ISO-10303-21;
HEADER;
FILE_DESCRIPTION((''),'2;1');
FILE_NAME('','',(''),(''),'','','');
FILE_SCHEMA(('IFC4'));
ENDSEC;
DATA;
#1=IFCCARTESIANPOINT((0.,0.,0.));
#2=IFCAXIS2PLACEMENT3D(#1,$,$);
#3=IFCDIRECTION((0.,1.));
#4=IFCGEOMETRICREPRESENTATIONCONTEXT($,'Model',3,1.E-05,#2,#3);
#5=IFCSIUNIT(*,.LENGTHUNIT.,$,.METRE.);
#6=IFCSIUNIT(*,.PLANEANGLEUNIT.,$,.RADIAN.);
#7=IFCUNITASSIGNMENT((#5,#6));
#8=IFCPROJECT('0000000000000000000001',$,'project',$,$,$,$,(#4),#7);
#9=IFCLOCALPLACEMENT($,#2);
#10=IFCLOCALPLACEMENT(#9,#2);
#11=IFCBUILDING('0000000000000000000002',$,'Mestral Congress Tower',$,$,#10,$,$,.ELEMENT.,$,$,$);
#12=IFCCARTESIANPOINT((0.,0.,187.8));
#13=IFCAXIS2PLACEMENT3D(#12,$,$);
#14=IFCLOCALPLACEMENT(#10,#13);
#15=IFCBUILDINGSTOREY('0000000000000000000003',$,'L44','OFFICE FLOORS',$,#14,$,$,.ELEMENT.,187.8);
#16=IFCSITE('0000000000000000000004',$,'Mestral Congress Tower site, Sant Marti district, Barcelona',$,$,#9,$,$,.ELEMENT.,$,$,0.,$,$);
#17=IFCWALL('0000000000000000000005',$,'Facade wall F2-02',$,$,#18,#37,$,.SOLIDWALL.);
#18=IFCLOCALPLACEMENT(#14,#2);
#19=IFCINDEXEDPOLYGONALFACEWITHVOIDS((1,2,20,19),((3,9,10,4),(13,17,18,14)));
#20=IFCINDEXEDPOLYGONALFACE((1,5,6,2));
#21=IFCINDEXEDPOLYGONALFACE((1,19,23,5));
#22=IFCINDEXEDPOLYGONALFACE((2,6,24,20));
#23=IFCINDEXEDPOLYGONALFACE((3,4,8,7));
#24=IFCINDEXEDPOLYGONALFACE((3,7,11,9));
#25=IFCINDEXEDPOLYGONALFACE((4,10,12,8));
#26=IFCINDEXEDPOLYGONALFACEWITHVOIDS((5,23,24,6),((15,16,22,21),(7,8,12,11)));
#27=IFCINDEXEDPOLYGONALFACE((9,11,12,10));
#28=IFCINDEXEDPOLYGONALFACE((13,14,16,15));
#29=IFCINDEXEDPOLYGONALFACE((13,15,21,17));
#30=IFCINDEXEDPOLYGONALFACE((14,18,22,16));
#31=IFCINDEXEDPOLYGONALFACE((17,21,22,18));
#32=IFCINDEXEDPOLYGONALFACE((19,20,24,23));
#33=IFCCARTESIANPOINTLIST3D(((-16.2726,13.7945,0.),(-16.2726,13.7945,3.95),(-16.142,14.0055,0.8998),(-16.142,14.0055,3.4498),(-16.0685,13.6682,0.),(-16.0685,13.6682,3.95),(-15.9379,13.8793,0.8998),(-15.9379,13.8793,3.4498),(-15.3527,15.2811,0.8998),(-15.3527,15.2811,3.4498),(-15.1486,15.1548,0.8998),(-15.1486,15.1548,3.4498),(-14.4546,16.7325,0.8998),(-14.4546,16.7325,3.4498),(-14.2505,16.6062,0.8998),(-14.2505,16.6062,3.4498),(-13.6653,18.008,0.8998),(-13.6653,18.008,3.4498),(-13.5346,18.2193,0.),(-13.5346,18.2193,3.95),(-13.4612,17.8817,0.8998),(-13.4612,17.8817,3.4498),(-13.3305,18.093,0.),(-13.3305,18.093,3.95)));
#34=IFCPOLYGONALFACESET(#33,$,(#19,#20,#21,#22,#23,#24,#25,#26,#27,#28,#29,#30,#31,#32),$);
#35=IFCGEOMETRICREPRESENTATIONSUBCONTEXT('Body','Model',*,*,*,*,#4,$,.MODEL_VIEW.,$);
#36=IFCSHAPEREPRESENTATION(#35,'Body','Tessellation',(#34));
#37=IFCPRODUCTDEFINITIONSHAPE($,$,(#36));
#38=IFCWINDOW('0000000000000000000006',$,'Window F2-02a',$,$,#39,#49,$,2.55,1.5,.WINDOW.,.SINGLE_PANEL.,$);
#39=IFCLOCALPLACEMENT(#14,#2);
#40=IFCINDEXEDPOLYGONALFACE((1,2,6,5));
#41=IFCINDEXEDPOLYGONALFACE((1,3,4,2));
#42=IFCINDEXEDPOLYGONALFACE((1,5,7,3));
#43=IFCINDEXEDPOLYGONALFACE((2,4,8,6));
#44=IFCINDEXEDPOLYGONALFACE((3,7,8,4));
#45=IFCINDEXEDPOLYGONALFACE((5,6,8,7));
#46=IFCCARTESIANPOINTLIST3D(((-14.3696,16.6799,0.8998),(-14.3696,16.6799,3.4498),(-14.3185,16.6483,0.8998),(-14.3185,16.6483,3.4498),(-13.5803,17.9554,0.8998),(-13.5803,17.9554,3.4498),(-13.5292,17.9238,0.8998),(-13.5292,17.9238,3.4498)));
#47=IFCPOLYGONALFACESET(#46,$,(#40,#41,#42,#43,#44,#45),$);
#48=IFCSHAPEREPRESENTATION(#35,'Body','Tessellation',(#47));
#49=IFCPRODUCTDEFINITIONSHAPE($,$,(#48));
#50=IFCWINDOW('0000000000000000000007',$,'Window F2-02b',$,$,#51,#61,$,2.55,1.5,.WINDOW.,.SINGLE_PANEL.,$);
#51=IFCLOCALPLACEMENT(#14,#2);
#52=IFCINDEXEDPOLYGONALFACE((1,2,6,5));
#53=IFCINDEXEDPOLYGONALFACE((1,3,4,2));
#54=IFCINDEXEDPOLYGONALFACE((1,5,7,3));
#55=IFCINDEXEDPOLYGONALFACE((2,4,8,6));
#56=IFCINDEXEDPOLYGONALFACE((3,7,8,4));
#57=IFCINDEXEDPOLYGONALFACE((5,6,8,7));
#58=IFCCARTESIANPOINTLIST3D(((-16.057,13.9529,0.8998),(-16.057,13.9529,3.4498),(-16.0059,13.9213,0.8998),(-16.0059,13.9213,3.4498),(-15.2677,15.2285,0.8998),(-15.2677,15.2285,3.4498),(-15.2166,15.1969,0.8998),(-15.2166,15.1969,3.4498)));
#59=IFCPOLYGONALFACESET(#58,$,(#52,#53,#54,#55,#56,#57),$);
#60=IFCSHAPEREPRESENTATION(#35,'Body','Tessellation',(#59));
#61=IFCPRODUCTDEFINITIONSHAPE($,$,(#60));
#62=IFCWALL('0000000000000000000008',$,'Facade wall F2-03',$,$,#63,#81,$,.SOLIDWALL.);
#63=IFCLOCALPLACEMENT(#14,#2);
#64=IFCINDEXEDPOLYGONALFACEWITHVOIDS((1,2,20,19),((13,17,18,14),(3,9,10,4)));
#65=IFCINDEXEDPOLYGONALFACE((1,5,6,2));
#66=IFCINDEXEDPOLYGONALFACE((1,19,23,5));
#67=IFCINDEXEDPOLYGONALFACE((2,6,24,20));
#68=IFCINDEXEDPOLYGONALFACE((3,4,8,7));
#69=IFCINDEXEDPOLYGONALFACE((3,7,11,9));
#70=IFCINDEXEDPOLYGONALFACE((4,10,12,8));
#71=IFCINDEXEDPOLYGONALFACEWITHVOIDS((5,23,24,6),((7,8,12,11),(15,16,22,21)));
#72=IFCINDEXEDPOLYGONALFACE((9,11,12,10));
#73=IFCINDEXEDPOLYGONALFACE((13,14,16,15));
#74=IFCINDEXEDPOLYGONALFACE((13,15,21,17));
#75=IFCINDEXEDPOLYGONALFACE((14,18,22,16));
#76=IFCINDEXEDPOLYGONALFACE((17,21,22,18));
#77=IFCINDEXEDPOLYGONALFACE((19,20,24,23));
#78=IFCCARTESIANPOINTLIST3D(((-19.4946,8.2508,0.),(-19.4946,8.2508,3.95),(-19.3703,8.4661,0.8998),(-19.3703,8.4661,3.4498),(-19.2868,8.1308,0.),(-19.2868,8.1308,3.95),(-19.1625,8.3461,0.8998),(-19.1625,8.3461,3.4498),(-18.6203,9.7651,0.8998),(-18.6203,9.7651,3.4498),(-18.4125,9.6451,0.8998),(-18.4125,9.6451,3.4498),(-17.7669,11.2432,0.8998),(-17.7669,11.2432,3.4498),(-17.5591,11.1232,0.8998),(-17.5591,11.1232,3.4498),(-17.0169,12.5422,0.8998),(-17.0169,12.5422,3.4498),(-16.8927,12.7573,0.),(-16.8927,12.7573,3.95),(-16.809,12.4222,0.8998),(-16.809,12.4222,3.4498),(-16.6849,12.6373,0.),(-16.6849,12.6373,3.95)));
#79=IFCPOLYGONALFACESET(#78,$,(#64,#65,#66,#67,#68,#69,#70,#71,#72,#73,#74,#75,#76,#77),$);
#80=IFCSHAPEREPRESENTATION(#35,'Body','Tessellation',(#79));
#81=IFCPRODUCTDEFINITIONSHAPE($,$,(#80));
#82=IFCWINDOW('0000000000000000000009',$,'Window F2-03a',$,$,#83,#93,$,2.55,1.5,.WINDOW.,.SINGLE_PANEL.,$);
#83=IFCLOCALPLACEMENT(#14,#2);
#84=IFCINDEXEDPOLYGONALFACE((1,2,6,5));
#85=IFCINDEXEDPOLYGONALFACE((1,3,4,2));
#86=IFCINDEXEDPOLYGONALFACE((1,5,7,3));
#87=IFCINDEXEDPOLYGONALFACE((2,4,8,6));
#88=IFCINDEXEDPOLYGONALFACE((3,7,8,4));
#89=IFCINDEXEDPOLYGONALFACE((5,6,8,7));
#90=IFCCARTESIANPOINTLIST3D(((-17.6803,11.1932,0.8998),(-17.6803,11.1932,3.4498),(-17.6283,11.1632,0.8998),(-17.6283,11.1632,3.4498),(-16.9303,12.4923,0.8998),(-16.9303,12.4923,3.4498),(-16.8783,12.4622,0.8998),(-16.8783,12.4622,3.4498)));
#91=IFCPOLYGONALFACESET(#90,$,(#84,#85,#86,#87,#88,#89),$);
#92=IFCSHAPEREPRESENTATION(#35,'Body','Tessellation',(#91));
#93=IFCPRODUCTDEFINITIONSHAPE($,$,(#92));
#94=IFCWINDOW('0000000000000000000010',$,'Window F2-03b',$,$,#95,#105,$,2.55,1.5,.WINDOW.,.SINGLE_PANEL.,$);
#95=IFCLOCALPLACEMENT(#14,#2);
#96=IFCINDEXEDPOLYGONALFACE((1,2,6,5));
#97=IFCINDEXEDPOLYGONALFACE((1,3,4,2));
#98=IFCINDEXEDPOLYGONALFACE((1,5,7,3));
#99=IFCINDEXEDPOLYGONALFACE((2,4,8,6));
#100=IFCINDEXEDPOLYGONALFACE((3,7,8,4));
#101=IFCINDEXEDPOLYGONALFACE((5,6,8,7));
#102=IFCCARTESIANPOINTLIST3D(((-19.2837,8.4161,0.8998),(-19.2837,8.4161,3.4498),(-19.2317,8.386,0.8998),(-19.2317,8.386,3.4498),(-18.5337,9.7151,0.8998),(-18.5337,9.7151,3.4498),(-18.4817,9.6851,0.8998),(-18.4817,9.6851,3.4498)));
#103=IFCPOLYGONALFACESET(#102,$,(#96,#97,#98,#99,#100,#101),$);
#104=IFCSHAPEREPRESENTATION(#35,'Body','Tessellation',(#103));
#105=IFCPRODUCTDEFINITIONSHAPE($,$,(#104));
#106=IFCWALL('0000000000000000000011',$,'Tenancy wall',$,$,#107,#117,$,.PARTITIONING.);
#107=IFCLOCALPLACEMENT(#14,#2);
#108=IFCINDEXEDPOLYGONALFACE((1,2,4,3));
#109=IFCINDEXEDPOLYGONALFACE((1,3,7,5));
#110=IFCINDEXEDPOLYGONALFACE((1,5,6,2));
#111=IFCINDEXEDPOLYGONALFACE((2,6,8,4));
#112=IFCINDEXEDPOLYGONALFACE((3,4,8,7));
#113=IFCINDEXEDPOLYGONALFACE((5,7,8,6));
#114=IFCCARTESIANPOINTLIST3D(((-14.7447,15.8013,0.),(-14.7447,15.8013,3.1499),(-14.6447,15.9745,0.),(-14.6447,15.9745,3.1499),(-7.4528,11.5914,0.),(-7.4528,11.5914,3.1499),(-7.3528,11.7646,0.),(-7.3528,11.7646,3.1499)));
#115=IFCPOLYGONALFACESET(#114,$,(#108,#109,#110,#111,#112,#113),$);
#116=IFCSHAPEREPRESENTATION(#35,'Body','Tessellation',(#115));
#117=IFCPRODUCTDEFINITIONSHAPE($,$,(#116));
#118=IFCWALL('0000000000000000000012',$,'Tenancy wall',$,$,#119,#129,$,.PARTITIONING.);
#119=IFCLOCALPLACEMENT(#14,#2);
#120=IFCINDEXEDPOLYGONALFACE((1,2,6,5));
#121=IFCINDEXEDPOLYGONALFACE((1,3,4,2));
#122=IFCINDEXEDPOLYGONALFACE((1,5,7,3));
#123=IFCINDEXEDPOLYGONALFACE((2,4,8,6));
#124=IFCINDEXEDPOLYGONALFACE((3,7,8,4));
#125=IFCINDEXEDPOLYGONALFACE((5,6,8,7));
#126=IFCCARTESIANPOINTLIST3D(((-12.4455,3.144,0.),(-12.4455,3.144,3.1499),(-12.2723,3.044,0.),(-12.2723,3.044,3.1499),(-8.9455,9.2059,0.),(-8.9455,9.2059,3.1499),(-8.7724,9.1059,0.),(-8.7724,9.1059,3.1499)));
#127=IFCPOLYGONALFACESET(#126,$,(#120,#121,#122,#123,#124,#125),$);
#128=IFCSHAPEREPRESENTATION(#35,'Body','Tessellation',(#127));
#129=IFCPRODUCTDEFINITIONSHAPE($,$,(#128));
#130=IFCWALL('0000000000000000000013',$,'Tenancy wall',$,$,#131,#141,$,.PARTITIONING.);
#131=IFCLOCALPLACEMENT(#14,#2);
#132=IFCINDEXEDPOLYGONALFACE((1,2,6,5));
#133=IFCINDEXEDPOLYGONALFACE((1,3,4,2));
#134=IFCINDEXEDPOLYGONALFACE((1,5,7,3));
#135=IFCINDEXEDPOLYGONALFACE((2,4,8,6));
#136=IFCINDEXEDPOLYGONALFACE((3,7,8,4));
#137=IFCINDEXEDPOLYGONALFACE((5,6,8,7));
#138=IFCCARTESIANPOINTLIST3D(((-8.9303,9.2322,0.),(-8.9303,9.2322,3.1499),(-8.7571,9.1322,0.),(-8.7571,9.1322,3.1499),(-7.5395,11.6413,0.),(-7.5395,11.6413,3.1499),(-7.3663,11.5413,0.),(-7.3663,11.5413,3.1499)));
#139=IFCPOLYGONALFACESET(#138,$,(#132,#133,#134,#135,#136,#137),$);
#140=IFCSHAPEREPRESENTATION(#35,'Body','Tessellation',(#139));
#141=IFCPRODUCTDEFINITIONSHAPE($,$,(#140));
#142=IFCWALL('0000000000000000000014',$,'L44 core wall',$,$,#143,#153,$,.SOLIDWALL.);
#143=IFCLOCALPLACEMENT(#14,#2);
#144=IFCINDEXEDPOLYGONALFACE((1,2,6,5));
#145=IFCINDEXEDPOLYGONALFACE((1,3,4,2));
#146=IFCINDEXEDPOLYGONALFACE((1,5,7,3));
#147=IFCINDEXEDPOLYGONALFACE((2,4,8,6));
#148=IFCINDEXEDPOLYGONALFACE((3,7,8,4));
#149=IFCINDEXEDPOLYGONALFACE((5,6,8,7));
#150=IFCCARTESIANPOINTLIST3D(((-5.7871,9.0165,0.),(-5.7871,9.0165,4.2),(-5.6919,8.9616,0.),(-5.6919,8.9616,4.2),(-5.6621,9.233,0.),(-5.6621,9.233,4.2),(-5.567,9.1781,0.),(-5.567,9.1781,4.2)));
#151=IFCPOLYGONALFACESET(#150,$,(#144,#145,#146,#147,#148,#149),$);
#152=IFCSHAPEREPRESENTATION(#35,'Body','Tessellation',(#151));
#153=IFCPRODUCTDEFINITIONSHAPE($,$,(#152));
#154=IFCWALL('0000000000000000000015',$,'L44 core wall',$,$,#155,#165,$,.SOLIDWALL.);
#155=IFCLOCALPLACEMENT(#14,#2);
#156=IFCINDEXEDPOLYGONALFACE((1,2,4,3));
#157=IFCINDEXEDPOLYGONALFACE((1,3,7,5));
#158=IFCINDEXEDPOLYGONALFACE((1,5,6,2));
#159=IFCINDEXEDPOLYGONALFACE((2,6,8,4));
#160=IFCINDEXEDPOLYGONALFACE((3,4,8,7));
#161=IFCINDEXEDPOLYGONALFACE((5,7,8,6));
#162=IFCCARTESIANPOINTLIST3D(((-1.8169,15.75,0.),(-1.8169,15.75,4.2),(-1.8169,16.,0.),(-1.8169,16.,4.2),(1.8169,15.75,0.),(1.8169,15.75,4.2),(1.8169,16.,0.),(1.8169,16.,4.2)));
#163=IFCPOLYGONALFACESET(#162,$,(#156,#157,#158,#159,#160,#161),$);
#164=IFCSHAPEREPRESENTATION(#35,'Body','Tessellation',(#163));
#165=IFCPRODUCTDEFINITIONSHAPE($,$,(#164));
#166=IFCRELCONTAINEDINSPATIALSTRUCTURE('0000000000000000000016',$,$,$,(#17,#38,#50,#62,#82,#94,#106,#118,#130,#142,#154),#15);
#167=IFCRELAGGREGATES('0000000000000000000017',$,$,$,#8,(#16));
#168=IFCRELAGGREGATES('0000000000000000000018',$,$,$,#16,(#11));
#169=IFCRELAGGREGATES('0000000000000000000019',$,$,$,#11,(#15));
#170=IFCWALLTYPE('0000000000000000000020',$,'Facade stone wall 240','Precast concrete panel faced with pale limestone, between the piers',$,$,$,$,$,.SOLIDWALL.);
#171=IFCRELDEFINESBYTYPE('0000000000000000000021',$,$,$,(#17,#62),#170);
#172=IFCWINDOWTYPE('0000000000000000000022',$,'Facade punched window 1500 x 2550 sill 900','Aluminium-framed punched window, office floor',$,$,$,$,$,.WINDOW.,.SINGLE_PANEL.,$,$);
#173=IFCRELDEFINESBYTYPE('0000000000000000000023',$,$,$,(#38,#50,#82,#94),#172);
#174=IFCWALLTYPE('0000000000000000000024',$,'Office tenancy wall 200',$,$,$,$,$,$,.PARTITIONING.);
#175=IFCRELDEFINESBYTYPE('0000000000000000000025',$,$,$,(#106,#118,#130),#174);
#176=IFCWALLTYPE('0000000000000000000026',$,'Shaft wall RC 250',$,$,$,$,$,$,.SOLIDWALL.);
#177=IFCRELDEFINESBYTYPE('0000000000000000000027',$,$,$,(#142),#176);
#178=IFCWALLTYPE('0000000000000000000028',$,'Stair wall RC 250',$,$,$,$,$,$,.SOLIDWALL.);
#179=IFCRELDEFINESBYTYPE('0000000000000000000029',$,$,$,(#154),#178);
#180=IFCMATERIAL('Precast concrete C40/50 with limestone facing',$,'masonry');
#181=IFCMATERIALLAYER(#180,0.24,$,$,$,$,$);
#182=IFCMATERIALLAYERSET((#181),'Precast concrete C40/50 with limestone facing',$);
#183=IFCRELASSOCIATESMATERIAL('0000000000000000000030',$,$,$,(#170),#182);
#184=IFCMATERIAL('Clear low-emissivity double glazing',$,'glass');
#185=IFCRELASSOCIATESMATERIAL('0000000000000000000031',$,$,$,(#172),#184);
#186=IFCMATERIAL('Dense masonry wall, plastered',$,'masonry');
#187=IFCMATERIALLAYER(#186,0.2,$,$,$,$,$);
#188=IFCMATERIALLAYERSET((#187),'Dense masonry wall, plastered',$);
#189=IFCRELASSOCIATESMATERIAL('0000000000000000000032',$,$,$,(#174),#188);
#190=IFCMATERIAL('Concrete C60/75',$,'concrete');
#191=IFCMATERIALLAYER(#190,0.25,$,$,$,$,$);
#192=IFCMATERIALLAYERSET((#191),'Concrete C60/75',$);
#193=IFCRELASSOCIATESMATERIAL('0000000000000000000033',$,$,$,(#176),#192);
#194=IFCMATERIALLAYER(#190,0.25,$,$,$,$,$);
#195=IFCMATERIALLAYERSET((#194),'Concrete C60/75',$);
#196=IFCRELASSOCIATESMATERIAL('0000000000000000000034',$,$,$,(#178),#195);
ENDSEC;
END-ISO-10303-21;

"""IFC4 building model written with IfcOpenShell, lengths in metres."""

from ifc_helpers import new_model, si_unit, direction, frame, frame_2d, origin, place, context, subcontext, project, spatial, rectangle, extrude, material, layer, layer_set, type_object, element, fill, save


model = new_model("IFC4")

# Units and contexts
model_context = context("Model", 3, precision=1e-05, world=origin(), true_north=direction((0.0, 1.0)))
body_context = subcontext(model_context, "Body", "Model", "MODEL_VIEW")
ifc_project = project(units=[si_unit("LENGTHUNIT", "METRE"), si_unit("PLANEANGLEUNIT", "RADIAN")], contexts=[model_context])

# Site, building, storey
site_placement = place(None, origin())
site = spatial("IfcSite", under=ifc_project, at=site_placement, Name="Mestral Congress Tower site, Sant Marti district, Barcelona", CompositionType="ELEMENT", RefElevation=0.0)
building_placement = place(site_placement, origin())
building = spatial("IfcBuilding", under=site, at=building_placement, Name="Mestral Congress Tower", CompositionType="ELEMENT")
storey_placement = place(building_placement, frame((0.0, 0.0, 187.8)))
storey = spatial("IfcBuildingStorey", under=building, at=storey_placement, Name="L44", Description="OFFICE FLOORS", CompositionType="ELEMENT", Elevation=187.8)

# Shared definitions
ifc_material_1 = material(Name="Concrete C60/75", Category="concrete")

# Walls, openings, windows
ifc_material_2 = material(Name="Precast concrete C40/50 with limestone facing", Category="masonry")
ifc_layer_1 = layer(ifc_material_2, 0.24)
ifc_layer_set_1 = layer_set([ifc_layer_1], Name="Precast concrete C40/50 with limestone facing")
wall_type_1 = type_object("IfcWallType", Name="Facade stone wall 240", Description="Precast concrete panel faced with pale limestone, between the piers", PredefinedType="SOLIDWALL", material=ifc_layer_set_1)
wall_1_placement = place(storey_placement, frame((-13.4326, 18.156, 0.0), z_axis=(0.0, 0.0, 1.0), x_axis=(-0.526198, -0.850362, 0.0)))
wall_1 = element("IfcWall", 1, at=wall_1_placement, inside=storey, type_object=wall_type_1, Name="Facade wall F2-02", PredefinedType="SOLIDWALL", context=body_context, shape_type="SweptSolid", body=[
    extrude(rectangle(XDim=5.2034, YDim=0.24, at=frame_2d((2.6016, 0.0))), origin(), (0.0, 0.0, 1.0), 3.95),
])
opening_1_placement = place(wall_1_placement, frame((0.2483, 0.0, 0.8999)))
opening_1 = element("IfcOpeningElement", 2, at=opening_1_placement, cuts=wall_1, PredefinedType="OPENING", context=body_context, shape_type="SweptSolid", body=[
    extrude(rectangle(XDim=1.5, YDim=2.55, at=frame_2d((0.75, 1.2749))), frame((0.0, 0.1299, 0.0), z_axis=(0.0, -1.0, 0.0), x_axis=(1.0, 0.0, 0.0)), (0.0, 0.0, 1.0), 0.26),
])
opening_2_placement = place(wall_1_placement, frame((3.4551, 0.0, 0.8999)))
opening_2 = element("IfcOpeningElement", 3, at=opening_2_placement, cuts=wall_1, PredefinedType="OPENING", context=body_context, shape_type="SweptSolid", body=[
    extrude(rectangle(XDim=1.5, YDim=2.55, at=frame_2d((0.75, 1.2749))), frame((0.0, 0.1299, 0.0), z_axis=(0.0, -1.0, 0.0), x_axis=(1.0, 0.0, 0.0)), (0.0, 0.0, 1.0), 0.26),
])
ifc_material_3 = material(Name="Clear low-emissivity double glazing", Category="glass")
window_type = type_object("IfcWindowType", Name="Facade punched window 1500 x 2550 sill 900", Description="Aluminium-framed punched window, office floor", PartitioningType="SINGLE_PANEL", PredefinedType="WINDOW", material=ifc_material_3)
window_1_placement = place(opening_1_placement, origin())
window_1 = element("IfcWindow", 4, at=window_1_placement, inside=storey, type_object=window_type, Name="Window F2-02a", OverallHeight=2.55, OverallWidth=1.5, PartitioningType="SINGLE_PANEL", PredefinedType="WINDOW", context=body_context, shape_type="SweptSolid", body=[
    extrude(rectangle(XDim=1.5, YDim=2.55, at=frame_2d((0.75, 1.2749))), frame((0.0, 0.04, 0.0), z_axis=(0.0, -1.0, 0.0), x_axis=(1.0, 0.0, 0.0)), (0.0, 0.0, 1.0), 0.0601),
])
fill(opening_1, window_1)
window_2_placement = place(opening_2_placement, origin())
window_2 = element("IfcWindow", 5, at=window_2_placement, inside=storey, type_object=window_type, Name="Window F2-02b", OverallHeight=2.55, OverallWidth=1.5, PartitioningType="SINGLE_PANEL", PredefinedType="WINDOW", context=body_context, shape_type="SweptSolid", body=[
    extrude(rectangle(XDim=1.5, YDim=2.55, at=frame_2d((0.75, 1.2749))), frame((0.0, 0.04, 0.0), z_axis=(0.0, -1.0, 0.0), x_axis=(1.0, 0.0, 0.0)), (0.0, 0.0, 1.0), 0.0601),
])
fill(opening_2, window_2)
wall_2_placement = place(storey_placement, frame((-16.7888, 12.6973, 0.0), z_axis=(0.0, 0.0, 1.0), x_axis=(-0.500009, -0.86602, 0.0)))
wall_2 = element("IfcWall", 6, at=wall_2_placement, inside=storey, type_object=wall_type_1, Name="Facade wall F2-03", PredefinedType="SOLIDWALL", context=body_context, shape_type="SweptSolid", body=[
    extrude(rectangle(XDim=5.2036, YDim=0.24, at=frame_2d((2.6018, 0.0))), origin(), (0.0, 0.0, 1.0), 3.95),
])
opening_3_placement = place(wall_2_placement, frame((0.2483, 0.0, 0.8999)))
opening_3 = element("IfcOpeningElement", 7, at=opening_3_placement, cuts=wall_2, PredefinedType="OPENING", context=body_context, shape_type="SweptSolid", body=[
    extrude(rectangle(XDim=1.5, YDim=2.55, at=frame_2d((0.75, 1.2749))), frame((0.0, 0.1299, 0.0), z_axis=(0.0, -1.0, 0.0), x_axis=(1.0, 0.0, 0.0)), (0.0, 0.0, 1.0), 0.26),
])
opening_4_placement = place(wall_2_placement, frame((3.4551, 0.0, 0.8999)))
opening_4 = element("IfcOpeningElement", 8, at=opening_4_placement, cuts=wall_2, PredefinedType="OPENING", context=body_context, shape_type="SweptSolid", body=[
    extrude(rectangle(XDim=1.5, YDim=2.55, at=frame_2d((0.75, 1.2749))), frame((0.0, 0.1299, 0.0), z_axis=(0.0, -1.0, 0.0), x_axis=(1.0, 0.0, 0.0)), (0.0, 0.0, 1.0), 0.26),
])
window_3_placement = place(opening_3_placement, origin())
window_3 = element("IfcWindow", 9, at=window_3_placement, inside=storey, type_object=window_type, Name="Window F2-03a", OverallHeight=2.55, OverallWidth=1.5, PartitioningType="SINGLE_PANEL", PredefinedType="WINDOW", context=body_context, shape_type="SweptSolid", body=[
    extrude(rectangle(XDim=1.5, YDim=2.55, at=frame_2d((0.75, 1.2749))), frame((0.0, 0.04, 0.0), z_axis=(0.0, -1.0, 0.0), x_axis=(1.0, 0.0, 0.0)), (0.0, 0.0, 1.0), 0.0601),
])
fill(opening_3, window_3)
window_4_placement = place(opening_4_placement, origin())
window_4 = element("IfcWindow", 10, at=window_4_placement, inside=storey, type_object=window_type, Name="Window F2-03b", OverallHeight=2.55, OverallWidth=1.5, PartitioningType="SINGLE_PANEL", PredefinedType="WINDOW", context=body_context, shape_type="SweptSolid", body=[
    extrude(rectangle(XDim=1.5, YDim=2.55, at=frame_2d((0.75, 1.2749))), frame((0.0, 0.04, 0.0), z_axis=(0.0, -1.0, 0.0), x_axis=(1.0, 0.0, 0.0)), (0.0, 0.0, 1.0), 0.0601),
])
fill(opening_4, window_4)

# Walls
ifc_material_4 = material(Name="Dense masonry wall, plastered", Category="masonry")
ifc_layer_2 = layer(ifc_material_4, 0.2)
ifc_layer_set_2 = layer_set([ifc_layer_2], Name="Dense masonry wall, plastered")
wall_type_2 = type_object("IfcWallType", Name="Office tenancy wall 200", PredefinedType="PARTITIONING", material=ifc_layer_set_2)
wall_3_placement = place(storey_placement, frame((-7.4028, 11.678, 0.0), z_axis=(0.0, 0.0, 1.0), x_axis=(-0.866029, 0.499994, 0.0)))
element("IfcWall", 11, at=wall_3_placement, inside=storey, type_object=wall_type_2, Name="Tenancy wall", PredefinedType="PARTITIONING", context=body_context, shape_type="SweptSolid", body=[
    extrude(rectangle(XDim=8.4199, YDim=0.2, at=frame_2d((4.21, 0.0))), origin(), (0.0, 0.0, 1.0), 3.1499),
])
wall_4_placement = place(storey_placement, frame((-8.8589, 9.156, 0.0), z_axis=(0.0, 0.0, 1.0), x_axis=(-0.50001, -0.866019, 0.0)))
element("IfcWall", 12, at=wall_4_placement, inside=storey, type_object=wall_type_2, Name="Tenancy wall", PredefinedType="PARTITIONING", context=body_context, shape_type="SweptSolid", body=[
    extrude(rectangle(XDim=6.9998, YDim=0.2, at=frame_2d((3.5, 0.0))), origin(), (0.0, 0.0, 1.0), 3.1499),
])
wall_5_placement = place(storey_placement, frame((-7.4529, 11.5913, 0.0), z_axis=(0.0, 0.0, 1.0), x_axis=(-0.499981, -0.866037, 0.0)))
element("IfcWall", 13, at=wall_5_placement, inside=storey, type_object=wall_type_2, Name="Tenancy wall", PredefinedType="PARTITIONING", context=body_context, shape_type="SweptSolid", body=[
    extrude(rectangle(XDim=2.7817, YDim=0.2, at=frame_2d((1.3909, 0.0))), origin(), (0.0, 0.0, 1.0), 3.1499),
])
ifc_layer_3 = layer(ifc_material_1, 0.25)
ifc_layer_set_3 = layer_set([ifc_layer_3], Name="Concrete C60/75")
wall_type_3 = type_object("IfcWallType", Name="Shaft wall RC 250", PredefinedType="SOLIDWALL", material=ifc_layer_set_3)
wall_6_placement = place(storey_placement, frame((-5.7246, 9.1248, 0.0), z_axis=(0.0, 0.0, 1.0), x_axis=(0.866186, -0.499722, 0.0)))
element("IfcWall", 14, at=wall_6_placement, inside=storey, type_object=wall_type_3, Name="L44 core wall", PredefinedType="SOLIDWALL", context=body_context, shape_type="SweptSolid", body=[
    extrude(rectangle(XDim=0.1099, YDim=0.25, at=frame_2d((0.0549, 0.0))), origin(), (0.0, 0.0, 1.0), 4.2),
])
ifc_layer_4 = layer(ifc_material_1, 0.25)
ifc_layer_set_4 = layer_set([ifc_layer_4], Name="Concrete C60/75")
wall_type_4 = type_object("IfcWallType", Name="Stair wall RC 250", PredefinedType="SOLIDWALL", material=ifc_layer_set_4)
wall_7_placement = place(storey_placement, frame((-1.8169, 15.875, 0.0), z_axis=(0.0, 0.0, 1.0), x_axis=(1.0, 0.0, 0.0)))
element("IfcWall", 15, at=wall_7_placement, inside=storey, type_object=wall_type_4, Name="L44 core wall", PredefinedType="SOLIDWALL", context=body_context, shape_type="SweptSolid", body=[
    extrude(rectangle(XDim=3.6338, YDim=0.25, at=frame_2d((1.8169, 0.0))), origin(), (0.0, 0.0, 1.0), 4.2),
])

save(model, "model.ifc")
